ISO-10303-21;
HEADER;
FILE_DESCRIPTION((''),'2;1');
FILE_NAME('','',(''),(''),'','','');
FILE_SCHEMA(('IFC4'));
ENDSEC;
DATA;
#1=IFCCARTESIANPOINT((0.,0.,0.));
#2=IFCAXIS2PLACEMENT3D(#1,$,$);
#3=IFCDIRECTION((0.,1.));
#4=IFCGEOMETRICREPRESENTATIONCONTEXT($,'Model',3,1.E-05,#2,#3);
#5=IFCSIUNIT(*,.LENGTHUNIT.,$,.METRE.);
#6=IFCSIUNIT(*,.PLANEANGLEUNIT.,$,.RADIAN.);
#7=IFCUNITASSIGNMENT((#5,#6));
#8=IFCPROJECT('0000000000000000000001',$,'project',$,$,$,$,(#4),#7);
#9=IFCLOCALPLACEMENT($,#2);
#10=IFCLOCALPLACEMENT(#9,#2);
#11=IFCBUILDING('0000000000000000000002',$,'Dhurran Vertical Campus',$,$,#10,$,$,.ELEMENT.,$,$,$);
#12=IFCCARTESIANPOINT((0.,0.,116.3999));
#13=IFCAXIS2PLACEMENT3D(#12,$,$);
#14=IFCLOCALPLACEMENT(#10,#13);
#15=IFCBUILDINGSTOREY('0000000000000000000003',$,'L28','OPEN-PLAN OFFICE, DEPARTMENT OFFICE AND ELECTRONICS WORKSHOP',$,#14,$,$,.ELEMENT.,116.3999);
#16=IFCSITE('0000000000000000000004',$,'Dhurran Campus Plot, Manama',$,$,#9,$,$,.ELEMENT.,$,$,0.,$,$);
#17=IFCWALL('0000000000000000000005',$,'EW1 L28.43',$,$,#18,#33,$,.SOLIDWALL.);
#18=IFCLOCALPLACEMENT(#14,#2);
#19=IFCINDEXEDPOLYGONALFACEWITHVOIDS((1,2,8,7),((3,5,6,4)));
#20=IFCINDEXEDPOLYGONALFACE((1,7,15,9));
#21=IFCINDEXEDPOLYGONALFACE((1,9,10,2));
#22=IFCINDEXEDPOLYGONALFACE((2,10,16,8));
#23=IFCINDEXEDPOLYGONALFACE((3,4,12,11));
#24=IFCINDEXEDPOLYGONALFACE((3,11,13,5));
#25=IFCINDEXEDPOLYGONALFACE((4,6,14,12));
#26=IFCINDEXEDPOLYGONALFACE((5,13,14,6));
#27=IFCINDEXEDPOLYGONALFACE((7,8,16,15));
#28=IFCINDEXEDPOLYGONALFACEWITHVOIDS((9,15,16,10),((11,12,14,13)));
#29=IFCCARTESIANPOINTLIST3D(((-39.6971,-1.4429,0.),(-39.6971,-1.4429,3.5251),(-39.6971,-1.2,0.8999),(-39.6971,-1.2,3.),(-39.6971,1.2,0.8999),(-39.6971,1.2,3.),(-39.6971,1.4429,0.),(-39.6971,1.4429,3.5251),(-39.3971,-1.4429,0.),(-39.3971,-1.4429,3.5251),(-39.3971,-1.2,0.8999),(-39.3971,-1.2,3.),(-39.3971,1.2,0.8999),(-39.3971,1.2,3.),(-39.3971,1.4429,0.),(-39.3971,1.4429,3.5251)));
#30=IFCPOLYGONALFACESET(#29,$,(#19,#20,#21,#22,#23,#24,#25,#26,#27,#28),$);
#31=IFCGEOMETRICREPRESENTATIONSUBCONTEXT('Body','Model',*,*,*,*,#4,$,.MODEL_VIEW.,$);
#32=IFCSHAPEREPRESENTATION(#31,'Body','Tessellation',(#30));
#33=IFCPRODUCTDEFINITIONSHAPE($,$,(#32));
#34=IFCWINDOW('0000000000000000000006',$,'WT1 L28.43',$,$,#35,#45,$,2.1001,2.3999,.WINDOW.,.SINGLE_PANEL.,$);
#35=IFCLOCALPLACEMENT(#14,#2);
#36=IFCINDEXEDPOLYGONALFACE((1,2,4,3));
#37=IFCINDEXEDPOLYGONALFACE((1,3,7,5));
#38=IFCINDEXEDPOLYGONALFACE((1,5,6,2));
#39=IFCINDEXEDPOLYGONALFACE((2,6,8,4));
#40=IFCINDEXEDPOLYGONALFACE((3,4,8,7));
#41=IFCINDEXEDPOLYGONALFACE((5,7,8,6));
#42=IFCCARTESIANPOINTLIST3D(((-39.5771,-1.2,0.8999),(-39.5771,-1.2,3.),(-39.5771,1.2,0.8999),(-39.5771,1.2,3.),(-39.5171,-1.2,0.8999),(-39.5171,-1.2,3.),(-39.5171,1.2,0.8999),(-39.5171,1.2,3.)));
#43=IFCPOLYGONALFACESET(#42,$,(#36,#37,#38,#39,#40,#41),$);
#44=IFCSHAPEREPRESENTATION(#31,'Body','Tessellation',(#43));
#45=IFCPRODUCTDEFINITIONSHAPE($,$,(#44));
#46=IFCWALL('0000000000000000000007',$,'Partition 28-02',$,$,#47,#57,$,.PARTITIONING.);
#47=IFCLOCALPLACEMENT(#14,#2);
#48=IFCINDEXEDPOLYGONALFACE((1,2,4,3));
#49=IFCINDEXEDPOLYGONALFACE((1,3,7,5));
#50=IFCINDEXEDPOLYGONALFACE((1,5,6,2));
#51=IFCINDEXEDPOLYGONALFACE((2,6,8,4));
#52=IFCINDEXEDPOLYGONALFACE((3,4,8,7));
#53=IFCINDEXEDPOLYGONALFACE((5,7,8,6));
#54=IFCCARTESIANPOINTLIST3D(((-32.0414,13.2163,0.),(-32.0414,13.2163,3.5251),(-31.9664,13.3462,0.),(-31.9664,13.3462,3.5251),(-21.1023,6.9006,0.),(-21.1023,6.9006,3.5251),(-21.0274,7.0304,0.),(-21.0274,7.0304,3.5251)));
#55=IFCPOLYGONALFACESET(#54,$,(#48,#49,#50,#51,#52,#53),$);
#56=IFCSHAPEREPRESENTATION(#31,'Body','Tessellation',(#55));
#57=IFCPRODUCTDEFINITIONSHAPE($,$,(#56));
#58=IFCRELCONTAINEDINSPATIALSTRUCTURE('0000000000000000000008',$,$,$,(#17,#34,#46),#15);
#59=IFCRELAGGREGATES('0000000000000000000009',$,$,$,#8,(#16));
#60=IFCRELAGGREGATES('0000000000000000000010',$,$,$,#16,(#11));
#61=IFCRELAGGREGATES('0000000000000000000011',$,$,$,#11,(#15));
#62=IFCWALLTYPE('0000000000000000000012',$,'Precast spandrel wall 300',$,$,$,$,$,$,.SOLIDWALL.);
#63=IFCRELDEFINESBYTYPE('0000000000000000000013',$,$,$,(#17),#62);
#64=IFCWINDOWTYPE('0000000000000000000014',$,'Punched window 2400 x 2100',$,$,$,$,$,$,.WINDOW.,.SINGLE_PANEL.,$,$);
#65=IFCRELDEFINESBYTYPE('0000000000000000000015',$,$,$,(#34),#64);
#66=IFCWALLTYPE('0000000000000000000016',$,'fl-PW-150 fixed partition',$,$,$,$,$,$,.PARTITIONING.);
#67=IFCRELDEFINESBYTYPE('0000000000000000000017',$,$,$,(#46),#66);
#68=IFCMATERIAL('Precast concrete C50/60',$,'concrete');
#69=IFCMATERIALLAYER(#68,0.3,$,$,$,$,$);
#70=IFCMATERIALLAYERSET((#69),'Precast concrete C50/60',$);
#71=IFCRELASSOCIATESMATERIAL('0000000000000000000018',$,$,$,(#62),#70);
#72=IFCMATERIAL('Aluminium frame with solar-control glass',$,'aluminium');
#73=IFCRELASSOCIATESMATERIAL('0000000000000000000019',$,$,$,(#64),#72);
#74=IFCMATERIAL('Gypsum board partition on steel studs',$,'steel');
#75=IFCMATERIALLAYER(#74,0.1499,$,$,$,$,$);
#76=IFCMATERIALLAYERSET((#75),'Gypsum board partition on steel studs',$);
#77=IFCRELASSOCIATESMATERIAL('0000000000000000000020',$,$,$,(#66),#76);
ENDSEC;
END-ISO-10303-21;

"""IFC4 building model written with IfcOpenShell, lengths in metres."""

from ifc_helpers import new_model, si_unit, direction, frame, frame_2d, origin, place, context, subcontext, project, spatial, rectangle, extrude, material, layer, layer_set, type_object, element, fill, save


model = new_model("IFC4")

# Units and contexts
model_context = context("Model", 3, precision=1e-05, world=origin(), true_north=direction((0.0, 1.0)))
body_context = subcontext(model_context, "Body", "Model", "MODEL_VIEW")
ifc_project = project(units=[si_unit("LENGTHUNIT", "METRE"), si_unit("PLANEANGLEUNIT", "RADIAN")], contexts=[model_context])

# Site, building, storey
site_placement = place(None, origin())
site = spatial("IfcSite", under=ifc_project, at=site_placement, Name="Dhurran Campus Plot, Manama", CompositionType="ELEMENT", RefElevation=0.0)
building_placement = place(site_placement, origin())
building = spatial("IfcBuilding", under=site, at=building_placement, Name="Dhurran Vertical Campus", CompositionType="ELEMENT")
storey_placement = place(building_placement, frame((0.0, 0.0, 116.3999)))
storey = spatial("IfcBuildingStorey", under=building, at=storey_placement, Name="L28", Description="OPEN-PLAN OFFICE, DEPARTMENT OFFICE AND ELECTRONICS WORKSHOP", CompositionType="ELEMENT", Elevation=116.3999)

# Wall, opening, window
ifc_material_1 = material(Name="Precast concrete C50/60", Category="concrete")
ifc_layer_1 = layer(ifc_material_1, 0.3)
ifc_layer_set_1 = layer_set([ifc_layer_1], Name="Precast concrete C50/60")
wall_type_1 = type_object("IfcWallType", Name="Precast spandrel wall 300", PredefinedType="SOLIDWALL", material=ifc_layer_set_1)
ifc_material_2 = material(Name="Aluminium frame with solar-control glass", Category="aluminium")
window_type = type_object("IfcWindowType", Name="Punched window 2400 x 2100", PartitioningType="SINGLE_PANEL", PredefinedType="WINDOW", material=ifc_material_2)
wall_1_placement = place(storey_placement, frame((-39.5471, 1.4429, 0.0), z_axis=(0.0, 0.0, 1.0), x_axis=(0.0, -1.0, 0.0)))
wall_1 = element("IfcWall", 1, at=wall_1_placement, inside=storey, type_object=wall_type_1, Name="EW1 L28.43", PredefinedType="SOLIDWALL", context=body_context, shape_type="SweptSolid", body=[
    extrude(rectangle(XDim=2.8857, YDim=0.3, at=frame_2d((1.4429, 0.0))), origin(), (0.0, 0.0, 1.0), 3.5251),
])
opening_1_placement = place(wall_1_placement, frame((0.2429, 0.0, 0.8999)))
opening_1 = element("IfcOpeningElement", 2, at=opening_1_placement, cuts=wall_1, PredefinedType="OPENING", context=body_context, shape_type="SweptSolid", body=[
    extrude(rectangle(XDim=2.3999, YDim=2.1001, at=frame_2d((1.2, 1.05))), frame((0.0, 0.1599, 0.0), z_axis=(0.0, -1.0, 0.0), x_axis=(1.0, 0.0, 0.0)), (0.0, 0.0, 1.0), 0.3201),
])
window_1_placement = place(opening_1_placement, origin())
window_1 = element("IfcWindow", 3, at=window_1_placement, inside=storey, type_object=window_type, Name="WT1 L28.43", OverallHeight=2.1001, OverallWidth=2.3999, PartitioningType="SINGLE_PANEL", PredefinedType="WINDOW", context=body_context, shape_type="SweptSolid", body=[
    extrude(rectangle(XDim=2.3999, YDim=2.1001, at=frame_2d((1.2, 1.05))), frame((0.0, 0.03, 0.0), z_axis=(0.0, -1.0, 0.0), x_axis=(1.0, 0.0, 0.0)), (0.0, 0.0, 1.0), 0.0601),
])
fill(opening_1, window_1)

# Wall
ifc_material_3 = material(Name="Gypsum board partition on steel studs", Category="steel")
ifc_layer_2 = layer(ifc_material_3, 0.1499)
ifc_layer_set_2 = layer_set([ifc_layer_2], Name="Gypsum board partition on steel studs")
wall_type_2 = type_object("IfcWallType", Name="fl-PW-150 fixed partition", PredefinedType="PARTITIONING", material=ifc_layer_set_2)
wall_2_placement = place(storey_placement, frame((-32.0039, 13.2812, 0.0), z_axis=(0.0, 0.0, 1.0), x_axis=(0.866023, -0.500004, 0.0)))
element("IfcWall", 4, at=wall_2_placement, inside=storey, type_object=wall_type_2, Name="Partition 28-02", PredefinedType="PARTITIONING", context=body_context, shape_type="SweptSolid", body=[
    extrude(rectangle(XDim=12.6313, YDim=0.1499, at=frame_2d((6.3157, 0.0))), origin(), (0.0, 0.0, 1.0), 3.5251),
])

save(model, "model.ifc")
